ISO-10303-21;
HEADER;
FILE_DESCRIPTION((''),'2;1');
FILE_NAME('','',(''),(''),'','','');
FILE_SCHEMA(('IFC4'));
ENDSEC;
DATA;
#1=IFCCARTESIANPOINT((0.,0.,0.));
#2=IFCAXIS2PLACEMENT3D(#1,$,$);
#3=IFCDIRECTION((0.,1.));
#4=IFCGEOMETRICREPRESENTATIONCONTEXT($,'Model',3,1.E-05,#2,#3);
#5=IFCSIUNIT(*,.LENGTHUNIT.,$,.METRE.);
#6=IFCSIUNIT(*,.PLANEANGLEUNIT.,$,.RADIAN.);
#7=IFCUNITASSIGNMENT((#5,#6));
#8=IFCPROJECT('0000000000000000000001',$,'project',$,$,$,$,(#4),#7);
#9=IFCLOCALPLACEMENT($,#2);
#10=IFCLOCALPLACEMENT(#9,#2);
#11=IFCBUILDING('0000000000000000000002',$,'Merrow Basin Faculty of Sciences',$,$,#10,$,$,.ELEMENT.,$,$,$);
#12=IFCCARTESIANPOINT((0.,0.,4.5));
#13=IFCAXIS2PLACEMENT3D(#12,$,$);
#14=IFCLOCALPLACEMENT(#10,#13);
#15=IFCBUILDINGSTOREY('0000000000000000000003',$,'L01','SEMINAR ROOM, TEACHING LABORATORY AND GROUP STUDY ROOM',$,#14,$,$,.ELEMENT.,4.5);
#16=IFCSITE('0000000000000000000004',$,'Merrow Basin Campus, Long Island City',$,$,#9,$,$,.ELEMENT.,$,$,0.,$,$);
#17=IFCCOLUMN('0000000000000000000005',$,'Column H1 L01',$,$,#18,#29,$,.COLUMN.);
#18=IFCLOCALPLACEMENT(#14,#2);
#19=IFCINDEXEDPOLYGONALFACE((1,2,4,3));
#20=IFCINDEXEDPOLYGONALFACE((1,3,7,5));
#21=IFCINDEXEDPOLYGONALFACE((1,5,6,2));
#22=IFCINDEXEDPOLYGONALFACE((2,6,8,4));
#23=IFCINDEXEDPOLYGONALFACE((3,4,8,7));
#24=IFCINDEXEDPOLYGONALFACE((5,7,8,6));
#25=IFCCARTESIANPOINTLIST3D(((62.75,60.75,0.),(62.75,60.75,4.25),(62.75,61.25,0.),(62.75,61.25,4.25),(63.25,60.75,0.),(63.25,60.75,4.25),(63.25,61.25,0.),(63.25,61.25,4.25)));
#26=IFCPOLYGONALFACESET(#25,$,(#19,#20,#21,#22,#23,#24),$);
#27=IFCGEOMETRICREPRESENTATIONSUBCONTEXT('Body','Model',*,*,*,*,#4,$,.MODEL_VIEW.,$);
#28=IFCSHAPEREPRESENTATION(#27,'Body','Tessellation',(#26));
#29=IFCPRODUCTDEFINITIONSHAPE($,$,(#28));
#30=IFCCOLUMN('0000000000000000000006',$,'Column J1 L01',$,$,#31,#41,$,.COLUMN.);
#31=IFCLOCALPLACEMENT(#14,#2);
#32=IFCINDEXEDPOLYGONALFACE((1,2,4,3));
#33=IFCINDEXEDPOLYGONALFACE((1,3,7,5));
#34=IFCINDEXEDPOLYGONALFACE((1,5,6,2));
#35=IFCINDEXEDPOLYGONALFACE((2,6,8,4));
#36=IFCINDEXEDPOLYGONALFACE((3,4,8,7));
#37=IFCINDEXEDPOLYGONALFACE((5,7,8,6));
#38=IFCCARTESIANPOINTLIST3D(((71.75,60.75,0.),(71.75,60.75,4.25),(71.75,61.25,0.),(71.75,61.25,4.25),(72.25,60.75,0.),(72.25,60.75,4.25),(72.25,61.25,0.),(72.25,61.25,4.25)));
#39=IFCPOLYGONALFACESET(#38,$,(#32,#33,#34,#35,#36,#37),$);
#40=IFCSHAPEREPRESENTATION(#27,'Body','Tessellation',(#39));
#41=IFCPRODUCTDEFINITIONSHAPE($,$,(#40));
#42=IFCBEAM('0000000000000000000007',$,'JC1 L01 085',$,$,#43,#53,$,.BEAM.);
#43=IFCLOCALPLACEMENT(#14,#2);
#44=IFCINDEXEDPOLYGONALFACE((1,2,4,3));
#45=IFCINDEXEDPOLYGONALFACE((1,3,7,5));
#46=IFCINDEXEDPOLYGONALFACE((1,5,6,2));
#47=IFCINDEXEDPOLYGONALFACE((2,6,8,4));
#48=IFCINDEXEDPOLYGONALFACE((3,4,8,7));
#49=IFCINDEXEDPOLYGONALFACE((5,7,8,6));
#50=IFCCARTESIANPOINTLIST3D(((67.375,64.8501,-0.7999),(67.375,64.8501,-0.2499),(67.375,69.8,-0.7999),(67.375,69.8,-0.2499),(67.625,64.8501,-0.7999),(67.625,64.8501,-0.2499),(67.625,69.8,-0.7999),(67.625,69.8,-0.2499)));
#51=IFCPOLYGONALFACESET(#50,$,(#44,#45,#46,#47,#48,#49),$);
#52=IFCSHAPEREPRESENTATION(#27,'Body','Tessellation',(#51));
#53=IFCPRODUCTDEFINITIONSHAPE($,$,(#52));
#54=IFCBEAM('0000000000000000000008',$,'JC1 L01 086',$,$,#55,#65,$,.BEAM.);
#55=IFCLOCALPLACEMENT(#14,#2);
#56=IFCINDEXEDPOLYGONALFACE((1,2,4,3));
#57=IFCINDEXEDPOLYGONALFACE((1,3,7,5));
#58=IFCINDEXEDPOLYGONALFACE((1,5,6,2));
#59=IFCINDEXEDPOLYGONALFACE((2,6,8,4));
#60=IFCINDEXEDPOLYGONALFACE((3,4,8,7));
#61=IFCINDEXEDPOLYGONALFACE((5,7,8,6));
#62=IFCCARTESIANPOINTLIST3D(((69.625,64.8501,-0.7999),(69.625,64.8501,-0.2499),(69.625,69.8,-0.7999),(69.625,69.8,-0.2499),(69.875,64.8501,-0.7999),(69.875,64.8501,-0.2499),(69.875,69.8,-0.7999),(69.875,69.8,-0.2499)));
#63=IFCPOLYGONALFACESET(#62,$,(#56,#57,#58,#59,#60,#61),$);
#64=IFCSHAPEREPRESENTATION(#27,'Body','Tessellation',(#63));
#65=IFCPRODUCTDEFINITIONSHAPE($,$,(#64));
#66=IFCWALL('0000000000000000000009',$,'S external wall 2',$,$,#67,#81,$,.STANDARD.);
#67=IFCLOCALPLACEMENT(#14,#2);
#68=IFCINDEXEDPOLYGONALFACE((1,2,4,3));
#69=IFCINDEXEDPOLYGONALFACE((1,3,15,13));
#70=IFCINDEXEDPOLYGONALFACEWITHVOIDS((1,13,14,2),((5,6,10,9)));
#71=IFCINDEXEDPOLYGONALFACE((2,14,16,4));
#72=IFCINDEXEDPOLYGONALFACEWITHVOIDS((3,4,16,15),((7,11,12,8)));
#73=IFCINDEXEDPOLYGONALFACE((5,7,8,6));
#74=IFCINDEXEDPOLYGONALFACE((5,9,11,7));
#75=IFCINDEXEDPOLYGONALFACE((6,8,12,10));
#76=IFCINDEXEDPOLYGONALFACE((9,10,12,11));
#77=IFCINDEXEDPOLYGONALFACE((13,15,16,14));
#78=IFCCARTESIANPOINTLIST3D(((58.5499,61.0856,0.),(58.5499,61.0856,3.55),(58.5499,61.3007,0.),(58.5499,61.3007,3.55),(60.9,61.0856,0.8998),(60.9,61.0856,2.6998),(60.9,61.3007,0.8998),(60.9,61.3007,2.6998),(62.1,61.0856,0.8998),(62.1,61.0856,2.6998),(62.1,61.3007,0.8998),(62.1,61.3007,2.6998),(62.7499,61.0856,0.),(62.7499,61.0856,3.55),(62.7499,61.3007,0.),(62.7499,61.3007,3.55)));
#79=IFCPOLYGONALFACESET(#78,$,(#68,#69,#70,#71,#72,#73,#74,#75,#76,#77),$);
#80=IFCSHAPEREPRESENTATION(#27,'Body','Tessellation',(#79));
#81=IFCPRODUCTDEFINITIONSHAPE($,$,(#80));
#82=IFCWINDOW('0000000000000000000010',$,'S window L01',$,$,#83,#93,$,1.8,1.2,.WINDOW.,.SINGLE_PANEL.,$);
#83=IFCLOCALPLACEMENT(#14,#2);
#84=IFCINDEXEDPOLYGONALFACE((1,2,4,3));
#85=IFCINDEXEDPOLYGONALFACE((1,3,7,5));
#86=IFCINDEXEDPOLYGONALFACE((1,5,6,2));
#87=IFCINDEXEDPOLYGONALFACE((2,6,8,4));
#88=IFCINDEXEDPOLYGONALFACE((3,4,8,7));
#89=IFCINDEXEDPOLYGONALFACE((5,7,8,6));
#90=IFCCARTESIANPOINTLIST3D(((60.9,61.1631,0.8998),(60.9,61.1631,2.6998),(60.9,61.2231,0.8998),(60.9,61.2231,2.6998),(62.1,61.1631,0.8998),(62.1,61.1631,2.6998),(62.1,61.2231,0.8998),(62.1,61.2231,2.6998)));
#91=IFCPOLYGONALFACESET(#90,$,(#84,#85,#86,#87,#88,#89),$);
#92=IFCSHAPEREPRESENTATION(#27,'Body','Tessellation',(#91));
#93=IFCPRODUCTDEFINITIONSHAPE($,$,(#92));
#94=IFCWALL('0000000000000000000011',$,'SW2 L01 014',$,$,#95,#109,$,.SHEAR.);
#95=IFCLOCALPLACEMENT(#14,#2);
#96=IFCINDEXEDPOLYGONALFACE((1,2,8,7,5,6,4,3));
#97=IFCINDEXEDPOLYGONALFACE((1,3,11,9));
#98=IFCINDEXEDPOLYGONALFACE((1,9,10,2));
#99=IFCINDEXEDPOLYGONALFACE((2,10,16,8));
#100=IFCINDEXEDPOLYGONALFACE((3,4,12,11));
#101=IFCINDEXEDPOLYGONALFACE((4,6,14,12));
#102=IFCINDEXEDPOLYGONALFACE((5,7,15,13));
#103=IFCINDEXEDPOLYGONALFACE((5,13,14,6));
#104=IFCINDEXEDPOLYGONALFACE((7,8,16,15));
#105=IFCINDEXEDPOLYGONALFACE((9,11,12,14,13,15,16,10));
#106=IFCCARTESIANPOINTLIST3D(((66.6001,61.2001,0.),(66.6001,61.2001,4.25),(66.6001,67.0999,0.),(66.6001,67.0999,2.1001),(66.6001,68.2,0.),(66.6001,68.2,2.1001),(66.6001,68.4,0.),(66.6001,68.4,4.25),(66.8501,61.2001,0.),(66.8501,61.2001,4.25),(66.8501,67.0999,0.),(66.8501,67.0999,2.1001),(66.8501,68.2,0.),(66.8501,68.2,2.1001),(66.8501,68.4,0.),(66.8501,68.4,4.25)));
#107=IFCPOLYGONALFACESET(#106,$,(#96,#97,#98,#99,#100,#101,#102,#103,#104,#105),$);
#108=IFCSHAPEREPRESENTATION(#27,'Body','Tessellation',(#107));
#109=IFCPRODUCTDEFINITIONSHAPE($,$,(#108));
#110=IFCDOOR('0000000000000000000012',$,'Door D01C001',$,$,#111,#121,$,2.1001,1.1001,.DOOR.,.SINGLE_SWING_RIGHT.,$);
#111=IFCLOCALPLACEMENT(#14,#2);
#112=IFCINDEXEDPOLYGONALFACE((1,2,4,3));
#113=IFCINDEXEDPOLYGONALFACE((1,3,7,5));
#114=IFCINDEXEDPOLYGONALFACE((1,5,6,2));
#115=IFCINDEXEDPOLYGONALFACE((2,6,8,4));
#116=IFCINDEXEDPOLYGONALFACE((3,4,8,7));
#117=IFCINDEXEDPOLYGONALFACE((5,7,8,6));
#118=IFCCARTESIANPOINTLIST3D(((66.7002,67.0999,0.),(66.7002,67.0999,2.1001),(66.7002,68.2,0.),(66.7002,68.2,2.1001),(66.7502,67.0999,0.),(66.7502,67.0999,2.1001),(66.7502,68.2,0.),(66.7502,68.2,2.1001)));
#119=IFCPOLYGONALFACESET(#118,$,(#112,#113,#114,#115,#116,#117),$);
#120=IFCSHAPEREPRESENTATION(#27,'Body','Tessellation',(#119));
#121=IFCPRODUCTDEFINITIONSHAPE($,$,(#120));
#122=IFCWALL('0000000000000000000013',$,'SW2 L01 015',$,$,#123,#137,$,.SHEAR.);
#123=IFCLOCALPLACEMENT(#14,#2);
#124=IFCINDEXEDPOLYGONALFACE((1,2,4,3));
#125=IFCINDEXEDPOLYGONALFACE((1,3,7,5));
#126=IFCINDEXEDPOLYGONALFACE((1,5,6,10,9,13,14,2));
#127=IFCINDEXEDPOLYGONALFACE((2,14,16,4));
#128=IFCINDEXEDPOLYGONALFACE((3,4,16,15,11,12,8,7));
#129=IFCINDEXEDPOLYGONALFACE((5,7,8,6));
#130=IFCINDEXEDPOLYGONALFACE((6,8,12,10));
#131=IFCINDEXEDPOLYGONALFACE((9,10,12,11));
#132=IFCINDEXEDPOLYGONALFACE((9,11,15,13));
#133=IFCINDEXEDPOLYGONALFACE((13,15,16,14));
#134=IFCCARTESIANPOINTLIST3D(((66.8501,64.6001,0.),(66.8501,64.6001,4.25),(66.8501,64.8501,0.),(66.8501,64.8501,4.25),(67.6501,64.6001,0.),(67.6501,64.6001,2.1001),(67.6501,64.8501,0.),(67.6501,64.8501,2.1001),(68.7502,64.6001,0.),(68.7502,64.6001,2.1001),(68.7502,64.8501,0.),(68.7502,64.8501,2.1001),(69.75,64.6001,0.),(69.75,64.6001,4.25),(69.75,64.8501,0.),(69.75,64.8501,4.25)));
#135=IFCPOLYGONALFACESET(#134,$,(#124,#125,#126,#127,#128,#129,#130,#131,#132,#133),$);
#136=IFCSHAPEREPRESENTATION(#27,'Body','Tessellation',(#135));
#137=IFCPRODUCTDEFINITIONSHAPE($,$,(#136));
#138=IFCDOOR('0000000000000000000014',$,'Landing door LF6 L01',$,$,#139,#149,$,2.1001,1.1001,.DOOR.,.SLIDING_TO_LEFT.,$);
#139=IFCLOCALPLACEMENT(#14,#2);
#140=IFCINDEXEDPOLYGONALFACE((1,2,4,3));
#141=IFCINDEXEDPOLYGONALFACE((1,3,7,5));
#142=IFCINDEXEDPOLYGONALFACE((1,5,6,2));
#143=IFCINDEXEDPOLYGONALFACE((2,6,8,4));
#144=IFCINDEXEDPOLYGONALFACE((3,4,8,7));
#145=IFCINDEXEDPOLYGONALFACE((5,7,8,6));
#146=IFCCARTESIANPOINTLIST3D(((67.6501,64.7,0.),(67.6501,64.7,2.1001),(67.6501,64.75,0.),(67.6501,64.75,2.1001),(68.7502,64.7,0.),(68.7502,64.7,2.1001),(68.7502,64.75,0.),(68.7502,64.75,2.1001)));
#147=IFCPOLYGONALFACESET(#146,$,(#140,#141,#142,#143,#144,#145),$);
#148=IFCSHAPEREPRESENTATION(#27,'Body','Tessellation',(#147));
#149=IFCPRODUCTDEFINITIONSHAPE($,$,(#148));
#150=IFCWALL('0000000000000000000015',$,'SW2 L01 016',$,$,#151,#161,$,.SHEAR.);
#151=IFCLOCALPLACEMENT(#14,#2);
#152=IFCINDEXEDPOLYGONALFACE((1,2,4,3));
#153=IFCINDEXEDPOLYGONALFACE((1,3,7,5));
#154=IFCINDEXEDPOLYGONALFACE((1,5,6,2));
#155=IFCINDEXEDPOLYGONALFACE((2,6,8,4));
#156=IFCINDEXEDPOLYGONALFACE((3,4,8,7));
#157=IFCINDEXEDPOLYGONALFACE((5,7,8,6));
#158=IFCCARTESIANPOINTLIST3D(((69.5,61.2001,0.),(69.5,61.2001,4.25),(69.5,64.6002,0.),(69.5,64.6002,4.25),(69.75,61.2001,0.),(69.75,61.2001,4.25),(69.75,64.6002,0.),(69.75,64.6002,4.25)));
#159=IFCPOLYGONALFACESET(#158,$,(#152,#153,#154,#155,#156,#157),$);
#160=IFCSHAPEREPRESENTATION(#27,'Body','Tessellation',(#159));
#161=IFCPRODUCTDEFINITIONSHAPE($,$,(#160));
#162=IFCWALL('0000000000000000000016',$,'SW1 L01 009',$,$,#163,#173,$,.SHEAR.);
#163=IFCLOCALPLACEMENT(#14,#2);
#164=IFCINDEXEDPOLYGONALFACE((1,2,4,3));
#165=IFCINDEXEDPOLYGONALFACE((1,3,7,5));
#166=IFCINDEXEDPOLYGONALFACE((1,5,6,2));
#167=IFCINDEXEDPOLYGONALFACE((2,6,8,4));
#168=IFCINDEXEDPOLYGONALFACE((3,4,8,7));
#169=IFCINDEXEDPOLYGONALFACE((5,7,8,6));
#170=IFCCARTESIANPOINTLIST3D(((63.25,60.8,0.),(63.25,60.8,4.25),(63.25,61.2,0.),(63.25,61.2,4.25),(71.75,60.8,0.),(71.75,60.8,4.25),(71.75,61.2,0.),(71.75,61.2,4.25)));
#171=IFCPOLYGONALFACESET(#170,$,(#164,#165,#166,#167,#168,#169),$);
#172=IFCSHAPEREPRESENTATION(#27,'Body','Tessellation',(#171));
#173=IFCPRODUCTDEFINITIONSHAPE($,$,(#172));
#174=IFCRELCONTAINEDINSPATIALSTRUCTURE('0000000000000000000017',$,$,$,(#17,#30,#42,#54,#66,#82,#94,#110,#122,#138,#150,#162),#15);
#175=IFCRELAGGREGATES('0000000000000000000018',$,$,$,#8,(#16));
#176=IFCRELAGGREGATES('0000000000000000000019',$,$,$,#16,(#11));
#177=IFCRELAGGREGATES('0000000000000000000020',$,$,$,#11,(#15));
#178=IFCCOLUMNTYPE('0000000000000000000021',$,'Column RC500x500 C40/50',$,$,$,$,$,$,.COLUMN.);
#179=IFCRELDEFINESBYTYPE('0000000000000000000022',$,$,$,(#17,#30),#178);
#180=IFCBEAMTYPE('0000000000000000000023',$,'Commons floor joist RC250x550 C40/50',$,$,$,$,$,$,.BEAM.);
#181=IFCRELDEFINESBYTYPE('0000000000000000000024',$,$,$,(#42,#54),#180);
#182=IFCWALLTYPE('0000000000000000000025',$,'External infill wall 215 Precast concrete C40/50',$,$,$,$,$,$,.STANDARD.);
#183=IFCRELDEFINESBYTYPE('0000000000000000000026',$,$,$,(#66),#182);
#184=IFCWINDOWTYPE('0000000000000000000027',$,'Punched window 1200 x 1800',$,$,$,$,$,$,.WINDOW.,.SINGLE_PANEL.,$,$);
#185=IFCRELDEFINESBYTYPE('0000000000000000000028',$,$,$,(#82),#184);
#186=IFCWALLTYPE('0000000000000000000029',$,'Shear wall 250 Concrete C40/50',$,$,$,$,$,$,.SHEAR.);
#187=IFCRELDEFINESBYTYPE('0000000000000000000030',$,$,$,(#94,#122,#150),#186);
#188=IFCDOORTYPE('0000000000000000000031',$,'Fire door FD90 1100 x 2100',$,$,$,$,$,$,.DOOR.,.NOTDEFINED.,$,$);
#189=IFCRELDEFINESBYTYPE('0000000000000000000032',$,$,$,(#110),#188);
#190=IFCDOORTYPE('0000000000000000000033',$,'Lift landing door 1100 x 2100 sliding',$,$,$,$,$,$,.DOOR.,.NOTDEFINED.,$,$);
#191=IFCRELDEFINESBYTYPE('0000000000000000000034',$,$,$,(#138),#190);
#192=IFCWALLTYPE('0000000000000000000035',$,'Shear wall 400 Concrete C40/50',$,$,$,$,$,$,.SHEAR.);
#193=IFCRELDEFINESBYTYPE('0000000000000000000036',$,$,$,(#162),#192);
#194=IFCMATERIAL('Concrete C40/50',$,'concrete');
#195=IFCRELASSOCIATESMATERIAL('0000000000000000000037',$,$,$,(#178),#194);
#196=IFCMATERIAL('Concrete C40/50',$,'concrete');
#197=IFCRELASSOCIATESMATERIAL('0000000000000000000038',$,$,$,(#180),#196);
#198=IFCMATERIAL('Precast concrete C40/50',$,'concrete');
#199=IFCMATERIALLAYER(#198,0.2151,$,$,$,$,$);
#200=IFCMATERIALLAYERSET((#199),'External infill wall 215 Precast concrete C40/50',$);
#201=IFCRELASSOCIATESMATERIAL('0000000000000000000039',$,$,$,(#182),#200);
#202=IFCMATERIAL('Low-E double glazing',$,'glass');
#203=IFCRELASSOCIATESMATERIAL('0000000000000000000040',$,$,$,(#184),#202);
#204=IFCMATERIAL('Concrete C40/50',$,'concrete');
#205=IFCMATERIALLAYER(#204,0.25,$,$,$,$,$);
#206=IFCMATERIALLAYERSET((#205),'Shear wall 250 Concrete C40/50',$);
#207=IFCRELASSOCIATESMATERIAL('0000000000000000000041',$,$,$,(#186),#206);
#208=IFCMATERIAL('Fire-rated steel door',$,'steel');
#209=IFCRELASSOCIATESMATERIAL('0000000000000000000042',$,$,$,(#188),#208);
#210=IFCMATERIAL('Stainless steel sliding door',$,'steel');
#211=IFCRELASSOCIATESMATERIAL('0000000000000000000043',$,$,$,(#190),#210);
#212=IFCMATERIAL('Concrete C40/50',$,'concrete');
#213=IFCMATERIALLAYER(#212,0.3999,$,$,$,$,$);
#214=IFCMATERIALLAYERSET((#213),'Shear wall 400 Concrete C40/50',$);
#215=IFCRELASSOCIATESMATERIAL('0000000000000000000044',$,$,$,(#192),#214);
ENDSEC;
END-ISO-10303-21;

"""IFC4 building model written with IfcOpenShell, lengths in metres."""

from ifc_helpers import new_model, si_unit, direction, frame, frame_2d, origin, origin_2d, place, context, subcontext, project, spatial, rectangle, extrude, material, layer, layer_set, material_profile, profile_set, type_object, element, fill, save


model = new_model("IFC4")

# Units and contexts
model_context = context("Model", 3, precision=1e-05, world=origin(), true_north=direction((0.0, 1.0)))
body_context = subcontext(model_context, "Body", "Model", "MODEL_VIEW")
ifc_project = project(units=[si_unit("LENGTHUNIT", "METRE"), si_unit("PLANEANGLEUNIT", "RADIAN")], contexts=[model_context])

# Site, building, storey
site_placement = place(None, origin())
site = spatial("IfcSite", under=ifc_project, at=site_placement, Name="Merrow Basin Campus, Long Island City", CompositionType="ELEMENT", RefElevation=0.0)
building_placement = place(site_placement, origin())
building = spatial("IfcBuilding", under=site, at=building_placement, Name="Merrow Basin Faculty of Sciences", CompositionType="ELEMENT")
storey_placement = place(building_placement, frame((0.0, 0.0, 4.5)))
storey = spatial("IfcBuildingStorey", under=building, at=storey_placement, Name="L01", Description="SEMINAR ROOM, TEACHING LABORATORY AND GROUP STUDY ROOM", CompositionType="ELEMENT", Elevation=4.5)

# Columns
ifc_material_1 = material(Name="Concrete C40/50", Category="concrete")
ifc_material_profile_1 = material_profile(ifc_material_1, rectangle(XDim=0.5, YDim=0.5, at=origin_2d()))
ifc_profile_set_1 = profile_set([ifc_material_profile_1], Name="Concrete C40/50")
column_type = type_object("IfcColumnType", Name="Column RC500x500 C40/50", PredefinedType="COLUMN", material=ifc_profile_set_1)
for number, where, z_axis, x_axis, name in (
    (1, (63.0, 61.0, 0.0), (0.0, 0.0, 1.0), (1.0, 0.0, 0.0), "Column H1 L01"),
    (2, (72.0, 61.0, 0.0), (0.0, 0.0, 1.0), (1.0, 0.0, 0.0), "Column J1 L01"),
):
    element("IfcColumn", number, at=place(storey_placement, frame(where, z_axis=z_axis, x_axis=x_axis)), inside=storey, type_object=column_type, Name=name, PredefinedType="COLUMN", context=body_context, shape_type="SweptSolid", body=[
        extrude(rectangle(XDim=0.5, YDim=0.5, at=origin_2d()), origin(), (0.0, 0.0, 1.0), 4.25),
    ])

# Beams
ifc_material_2 = material(Name="Concrete C40/50", Category="concrete")
ifc_material_profile_2 = material_profile(ifc_material_2, rectangle(XDim=0.25, YDim=0.55, at=origin_2d()))
ifc_profile_set_2 = profile_set([ifc_material_profile_2], Name="Concrete C40/50")
beam_type = type_object("IfcBeamType", Name="Commons floor joist RC250x550 C40/50", PredefinedType="BEAM", material=ifc_profile_set_2)
for number, where, z_axis, x_axis, name in (
    (3, (67.5, 64.8501, -0.5249), (0.0, 1.0, 0.0), (-1.0, 0.0, 0.0), "JC1 L01 085"),
    (4, (69.75, 64.8501, -0.5249), (0.0, 1.0, 0.0), (-1.0, 0.0, 0.0), "JC1 L01 086"),
):
    element("IfcBeam", number, at=place(storey_placement, frame(where, z_axis=z_axis, x_axis=x_axis)), inside=storey, type_object=beam_type, Name=name, PredefinedType="BEAM", context=body_context, shape_type="SweptSolid", body=[
        extrude(rectangle(XDim=0.25, YDim=0.55, at=origin_2d()), origin(), (0.0, 0.0, 1.0), 4.95),
    ])

# Wall, opening, window
ifc_material_3 = material(Name="Precast concrete C40/50", Category="concrete")
ifc_layer_1 = layer(ifc_material_3, 0.2151)
ifc_layer_set_1 = layer_set([ifc_layer_1], Name="External infill wall 215 Precast concrete C40/50")
wall_type_1 = type_object("IfcWallType", Name="External infill wall 215 Precast concrete C40/50", PredefinedType="STANDARD", material=ifc_layer_set_1)
wall_1_placement = place(storey_placement, frame((62.75, 61.1931, 0.0), z_axis=(0.0, 0.0, 1.0), x_axis=(-1.0, 0.0, 0.0)))
wall_1 = element("IfcWall", 5, at=wall_1_placement, inside=storey, type_object=wall_type_1, Name="S external wall 2", PredefinedType="STANDARD", context=body_context, shape_type="SweptSolid", body=[
    extrude(rectangle(XDim=4.2, YDim=0.2151, at=frame_2d((2.1001, 0.0))), origin(), (0.0, 0.0, 1.0), 3.55),
])
opening_1_placement = place(wall_1_placement, frame((0.6499, 0.0, 0.8999)))
opening_1 = element("IfcOpeningElement", 6, at=opening_1_placement, cuts=wall_1, PredefinedType="OPENING", context=body_context, shape_type="SweptSolid", body=[
    extrude(rectangle(XDim=1.2, YDim=1.8, at=frame_2d((0.6001, 0.8999))), frame((0.0, 0.1174, 0.0), z_axis=(0.0, -1.0, 0.0), x_axis=(1.0, 0.0, 0.0)), (0.0, 0.0, 1.0), 0.2351),
])
ifc_material_4 = material(Name="Low-E double glazing", Category="glass")
window_type = type_object("IfcWindowType", Name="Punched window 1200 x 1800", PartitioningType="SINGLE_PANEL", PredefinedType="WINDOW", material=ifc_material_4)
window_placement = place(opening_1_placement, origin())
window = element("IfcWindow", 7, at=window_placement, inside=storey, type_object=window_type, Name="S window L01", OverallHeight=1.8, OverallWidth=1.2, PartitioningType="SINGLE_PANEL", PredefinedType="WINDOW", context=body_context, shape_type="SweptSolid", body=[
    extrude(rectangle(XDim=1.2, YDim=1.8, at=frame_2d((0.6001, 0.8999))), frame((0.0, 0.03, 0.0), z_axis=(0.0, -1.0, 0.0), x_axis=(1.0, 0.0, 0.0)), (0.0, 0.0, 1.0), 0.0601),
])
fill(opening_1, window)

# Walls, openings, doors
ifc_material_5 = material(Name="Concrete C40/50", Category="concrete")
ifc_layer_2 = layer(ifc_material_5, 0.25)
ifc_layer_set_2 = layer_set([ifc_layer_2], Name="Shear wall 250 Concrete C40/50")
wall_type_2 = type_object("IfcWallType", Name="Shear wall 250 Concrete C40/50", PredefinedType="SHEAR", material=ifc_layer_set_2)
wall_2_placement = place(storey_placement, frame((66.7251, 61.2, 0.0), z_axis=(0.0, 0.0, 1.0), x_axis=(0.0, 1.0, 0.0)))
wall_2 = element("IfcWall", 8, at=wall_2_placement, inside=storey, type_object=wall_type_2, Name="SW2 L01 014", PredefinedType="SHEAR", context=body_context, shape_type="SweptSolid", body=[
    extrude(rectangle(XDim=7.2, YDim=0.25, at=frame_2d((3.6001, 0.0))), origin(), (0.0, 0.0, 1.0), 4.25),
])
opening_2_placement = place(wall_2_placement, frame((5.8999, 0.0, 0.0)))
opening_2 = element("IfcOpeningElement", 9, at=opening_2_placement, cuts=wall_2, PredefinedType="OPENING", context=body_context, shape_type="SweptSolid", body=[
    extrude(rectangle(XDim=1.1001, YDim=2.1001, at=frame_2d((0.55, 1.05))), frame((0.0, 0.135, 0.0), z_axis=(0.0, -1.0, 0.0), x_axis=(1.0, 0.0, 0.0)), (0.0, 0.0, 1.0), 0.27),
])
ifc_material_6 = material(Name="Fire-rated steel door", Category="steel")
door_type_1 = type_object("IfcDoorType", Name="Fire door FD90 1100 x 2100", OperationType="NOTDEFINED", PredefinedType="DOOR", material=ifc_material_6)
door_1_placement = place(opening_2_placement, origin())
door_1 = element("IfcDoor", 10, at=door_1_placement, inside=storey, type_object=door_type_1, Name="Door D01C001", OperationType="SINGLE_SWING_RIGHT", OverallHeight=2.1001, OverallWidth=1.1001, PredefinedType="DOOR", context=body_context, shape_type="SweptSolid", body=[
    extrude(rectangle(XDim=1.1001, YDim=2.1001, at=frame_2d((0.55, 1.05))), frame((0.0, 0.0249, 0.0), z_axis=(0.0, -1.0, 0.0), x_axis=(1.0, 0.0, 0.0)), (0.0, 0.0, 1.0), 0.05),
])
fill(opening_2, door_1)
wall_3_placement = place(storey_placement, frame((66.8501, 64.7251, 0.0), z_axis=(0.0, 0.0, 1.0), x_axis=(1.0, 0.0, 0.0)))
wall_3 = element("IfcWall", 11, at=wall_3_placement, inside=storey, type_object=wall_type_2, Name="SW2 L01 015", PredefinedType="SHEAR", context=body_context, shape_type="SweptSolid", body=[
    extrude(rectangle(XDim=2.8999, YDim=0.25, at=frame_2d((1.45, 0.0))), origin(), (0.0, 0.0, 1.0), 4.25),
])
opening_3_placement = place(wall_3_placement, frame((0.8, 0.0, 0.0)))
opening_3 = element("IfcOpeningElement", 12, at=opening_3_placement, cuts=wall_3, PredefinedType="OPENING", context=body_context, shape_type="SweptSolid", body=[
    extrude(rectangle(XDim=1.1001, YDim=2.1001, at=frame_2d((0.55, 1.05))), frame((0.0, 0.135, 0.0), z_axis=(0.0, -1.0, 0.0), x_axis=(1.0, 0.0, 0.0)), (0.0, 0.0, 1.0), 0.27),
])
ifc_material_7 = material(Name="Stainless steel sliding door", Category="steel")
door_type_2 = type_object("IfcDoorType", Name="Lift landing door 1100 x 2100 sliding", OperationType="NOTDEFINED", PredefinedType="DOOR", material=ifc_material_7)
door_2_placement = place(opening_3_placement, origin())
door_2 = element("IfcDoor", 13, at=door_2_placement, inside=storey, type_object=door_type_2, Name="Landing door LF6 L01", OperationType="SLIDING_TO_LEFT", OverallHeight=2.1001, OverallWidth=1.1001, PredefinedType="DOOR", context=body_context, shape_type="SweptSolid", body=[
    extrude(rectangle(XDim=1.1001, YDim=2.1001, at=frame_2d((0.55, 1.05))), frame((0.0, 0.0249, 0.0), z_axis=(0.0, -1.0, 0.0), x_axis=(1.0, 0.0, 0.0)), (0.0, 0.0, 1.0), 0.05),
])
fill(opening_3, door_2)

# Walls
wall_4_placement = place(storey_placement, frame((69.625, 61.2, 0.0), z_axis=(0.0, 0.0, 1.0), x_axis=(0.0, 1.0, 0.0)))
element("IfcWall", 14, at=wall_4_placement, inside=storey, type_object=wall_type_2, Name="SW2 L01 016", PredefinedType="SHEAR", context=body_context, shape_type="SweptSolid", body=[
    extrude(rectangle(XDim=3.4001, YDim=0.25, at=frame_2d((1.7002, 0.0))), origin(), (0.0, 0.0, 1.0), 4.25),
])
ifc_material_8 = material(Name="Concrete C40/50", Category="concrete")
ifc_layer_3 = layer(ifc_material_8, 0.3999)
ifc_layer_set_3 = layer_set([ifc_layer_3], Name="Shear wall 400 Concrete C40/50")
wall_type_3 = type_object("IfcWallType", Name="Shear wall 400 Concrete C40/50", PredefinedType="SHEAR", material=ifc_layer_set_3)
for number, where, z_axis, x_axis, name in (
    (15, (63.25, 61.0, 0.0), (0.0, 0.0, 1.0), (1.0, 0.0, 0.0), "SW1 L01 009"),
):
    element("IfcWall", number, at=place(storey_placement, frame(where, z_axis=z_axis, x_axis=x_axis)), inside=storey, type_object=wall_type_3, Name=name, PredefinedType="SHEAR", context=body_context, shape_type="SweptSolid", body=[
        extrude(rectangle(XDim=8.5, YDim=0.3999, at=frame_2d((4.25, 0.0))), origin(), (0.0, 0.0, 1.0), 4.25),
    ])

save(model, "model.ifc")
